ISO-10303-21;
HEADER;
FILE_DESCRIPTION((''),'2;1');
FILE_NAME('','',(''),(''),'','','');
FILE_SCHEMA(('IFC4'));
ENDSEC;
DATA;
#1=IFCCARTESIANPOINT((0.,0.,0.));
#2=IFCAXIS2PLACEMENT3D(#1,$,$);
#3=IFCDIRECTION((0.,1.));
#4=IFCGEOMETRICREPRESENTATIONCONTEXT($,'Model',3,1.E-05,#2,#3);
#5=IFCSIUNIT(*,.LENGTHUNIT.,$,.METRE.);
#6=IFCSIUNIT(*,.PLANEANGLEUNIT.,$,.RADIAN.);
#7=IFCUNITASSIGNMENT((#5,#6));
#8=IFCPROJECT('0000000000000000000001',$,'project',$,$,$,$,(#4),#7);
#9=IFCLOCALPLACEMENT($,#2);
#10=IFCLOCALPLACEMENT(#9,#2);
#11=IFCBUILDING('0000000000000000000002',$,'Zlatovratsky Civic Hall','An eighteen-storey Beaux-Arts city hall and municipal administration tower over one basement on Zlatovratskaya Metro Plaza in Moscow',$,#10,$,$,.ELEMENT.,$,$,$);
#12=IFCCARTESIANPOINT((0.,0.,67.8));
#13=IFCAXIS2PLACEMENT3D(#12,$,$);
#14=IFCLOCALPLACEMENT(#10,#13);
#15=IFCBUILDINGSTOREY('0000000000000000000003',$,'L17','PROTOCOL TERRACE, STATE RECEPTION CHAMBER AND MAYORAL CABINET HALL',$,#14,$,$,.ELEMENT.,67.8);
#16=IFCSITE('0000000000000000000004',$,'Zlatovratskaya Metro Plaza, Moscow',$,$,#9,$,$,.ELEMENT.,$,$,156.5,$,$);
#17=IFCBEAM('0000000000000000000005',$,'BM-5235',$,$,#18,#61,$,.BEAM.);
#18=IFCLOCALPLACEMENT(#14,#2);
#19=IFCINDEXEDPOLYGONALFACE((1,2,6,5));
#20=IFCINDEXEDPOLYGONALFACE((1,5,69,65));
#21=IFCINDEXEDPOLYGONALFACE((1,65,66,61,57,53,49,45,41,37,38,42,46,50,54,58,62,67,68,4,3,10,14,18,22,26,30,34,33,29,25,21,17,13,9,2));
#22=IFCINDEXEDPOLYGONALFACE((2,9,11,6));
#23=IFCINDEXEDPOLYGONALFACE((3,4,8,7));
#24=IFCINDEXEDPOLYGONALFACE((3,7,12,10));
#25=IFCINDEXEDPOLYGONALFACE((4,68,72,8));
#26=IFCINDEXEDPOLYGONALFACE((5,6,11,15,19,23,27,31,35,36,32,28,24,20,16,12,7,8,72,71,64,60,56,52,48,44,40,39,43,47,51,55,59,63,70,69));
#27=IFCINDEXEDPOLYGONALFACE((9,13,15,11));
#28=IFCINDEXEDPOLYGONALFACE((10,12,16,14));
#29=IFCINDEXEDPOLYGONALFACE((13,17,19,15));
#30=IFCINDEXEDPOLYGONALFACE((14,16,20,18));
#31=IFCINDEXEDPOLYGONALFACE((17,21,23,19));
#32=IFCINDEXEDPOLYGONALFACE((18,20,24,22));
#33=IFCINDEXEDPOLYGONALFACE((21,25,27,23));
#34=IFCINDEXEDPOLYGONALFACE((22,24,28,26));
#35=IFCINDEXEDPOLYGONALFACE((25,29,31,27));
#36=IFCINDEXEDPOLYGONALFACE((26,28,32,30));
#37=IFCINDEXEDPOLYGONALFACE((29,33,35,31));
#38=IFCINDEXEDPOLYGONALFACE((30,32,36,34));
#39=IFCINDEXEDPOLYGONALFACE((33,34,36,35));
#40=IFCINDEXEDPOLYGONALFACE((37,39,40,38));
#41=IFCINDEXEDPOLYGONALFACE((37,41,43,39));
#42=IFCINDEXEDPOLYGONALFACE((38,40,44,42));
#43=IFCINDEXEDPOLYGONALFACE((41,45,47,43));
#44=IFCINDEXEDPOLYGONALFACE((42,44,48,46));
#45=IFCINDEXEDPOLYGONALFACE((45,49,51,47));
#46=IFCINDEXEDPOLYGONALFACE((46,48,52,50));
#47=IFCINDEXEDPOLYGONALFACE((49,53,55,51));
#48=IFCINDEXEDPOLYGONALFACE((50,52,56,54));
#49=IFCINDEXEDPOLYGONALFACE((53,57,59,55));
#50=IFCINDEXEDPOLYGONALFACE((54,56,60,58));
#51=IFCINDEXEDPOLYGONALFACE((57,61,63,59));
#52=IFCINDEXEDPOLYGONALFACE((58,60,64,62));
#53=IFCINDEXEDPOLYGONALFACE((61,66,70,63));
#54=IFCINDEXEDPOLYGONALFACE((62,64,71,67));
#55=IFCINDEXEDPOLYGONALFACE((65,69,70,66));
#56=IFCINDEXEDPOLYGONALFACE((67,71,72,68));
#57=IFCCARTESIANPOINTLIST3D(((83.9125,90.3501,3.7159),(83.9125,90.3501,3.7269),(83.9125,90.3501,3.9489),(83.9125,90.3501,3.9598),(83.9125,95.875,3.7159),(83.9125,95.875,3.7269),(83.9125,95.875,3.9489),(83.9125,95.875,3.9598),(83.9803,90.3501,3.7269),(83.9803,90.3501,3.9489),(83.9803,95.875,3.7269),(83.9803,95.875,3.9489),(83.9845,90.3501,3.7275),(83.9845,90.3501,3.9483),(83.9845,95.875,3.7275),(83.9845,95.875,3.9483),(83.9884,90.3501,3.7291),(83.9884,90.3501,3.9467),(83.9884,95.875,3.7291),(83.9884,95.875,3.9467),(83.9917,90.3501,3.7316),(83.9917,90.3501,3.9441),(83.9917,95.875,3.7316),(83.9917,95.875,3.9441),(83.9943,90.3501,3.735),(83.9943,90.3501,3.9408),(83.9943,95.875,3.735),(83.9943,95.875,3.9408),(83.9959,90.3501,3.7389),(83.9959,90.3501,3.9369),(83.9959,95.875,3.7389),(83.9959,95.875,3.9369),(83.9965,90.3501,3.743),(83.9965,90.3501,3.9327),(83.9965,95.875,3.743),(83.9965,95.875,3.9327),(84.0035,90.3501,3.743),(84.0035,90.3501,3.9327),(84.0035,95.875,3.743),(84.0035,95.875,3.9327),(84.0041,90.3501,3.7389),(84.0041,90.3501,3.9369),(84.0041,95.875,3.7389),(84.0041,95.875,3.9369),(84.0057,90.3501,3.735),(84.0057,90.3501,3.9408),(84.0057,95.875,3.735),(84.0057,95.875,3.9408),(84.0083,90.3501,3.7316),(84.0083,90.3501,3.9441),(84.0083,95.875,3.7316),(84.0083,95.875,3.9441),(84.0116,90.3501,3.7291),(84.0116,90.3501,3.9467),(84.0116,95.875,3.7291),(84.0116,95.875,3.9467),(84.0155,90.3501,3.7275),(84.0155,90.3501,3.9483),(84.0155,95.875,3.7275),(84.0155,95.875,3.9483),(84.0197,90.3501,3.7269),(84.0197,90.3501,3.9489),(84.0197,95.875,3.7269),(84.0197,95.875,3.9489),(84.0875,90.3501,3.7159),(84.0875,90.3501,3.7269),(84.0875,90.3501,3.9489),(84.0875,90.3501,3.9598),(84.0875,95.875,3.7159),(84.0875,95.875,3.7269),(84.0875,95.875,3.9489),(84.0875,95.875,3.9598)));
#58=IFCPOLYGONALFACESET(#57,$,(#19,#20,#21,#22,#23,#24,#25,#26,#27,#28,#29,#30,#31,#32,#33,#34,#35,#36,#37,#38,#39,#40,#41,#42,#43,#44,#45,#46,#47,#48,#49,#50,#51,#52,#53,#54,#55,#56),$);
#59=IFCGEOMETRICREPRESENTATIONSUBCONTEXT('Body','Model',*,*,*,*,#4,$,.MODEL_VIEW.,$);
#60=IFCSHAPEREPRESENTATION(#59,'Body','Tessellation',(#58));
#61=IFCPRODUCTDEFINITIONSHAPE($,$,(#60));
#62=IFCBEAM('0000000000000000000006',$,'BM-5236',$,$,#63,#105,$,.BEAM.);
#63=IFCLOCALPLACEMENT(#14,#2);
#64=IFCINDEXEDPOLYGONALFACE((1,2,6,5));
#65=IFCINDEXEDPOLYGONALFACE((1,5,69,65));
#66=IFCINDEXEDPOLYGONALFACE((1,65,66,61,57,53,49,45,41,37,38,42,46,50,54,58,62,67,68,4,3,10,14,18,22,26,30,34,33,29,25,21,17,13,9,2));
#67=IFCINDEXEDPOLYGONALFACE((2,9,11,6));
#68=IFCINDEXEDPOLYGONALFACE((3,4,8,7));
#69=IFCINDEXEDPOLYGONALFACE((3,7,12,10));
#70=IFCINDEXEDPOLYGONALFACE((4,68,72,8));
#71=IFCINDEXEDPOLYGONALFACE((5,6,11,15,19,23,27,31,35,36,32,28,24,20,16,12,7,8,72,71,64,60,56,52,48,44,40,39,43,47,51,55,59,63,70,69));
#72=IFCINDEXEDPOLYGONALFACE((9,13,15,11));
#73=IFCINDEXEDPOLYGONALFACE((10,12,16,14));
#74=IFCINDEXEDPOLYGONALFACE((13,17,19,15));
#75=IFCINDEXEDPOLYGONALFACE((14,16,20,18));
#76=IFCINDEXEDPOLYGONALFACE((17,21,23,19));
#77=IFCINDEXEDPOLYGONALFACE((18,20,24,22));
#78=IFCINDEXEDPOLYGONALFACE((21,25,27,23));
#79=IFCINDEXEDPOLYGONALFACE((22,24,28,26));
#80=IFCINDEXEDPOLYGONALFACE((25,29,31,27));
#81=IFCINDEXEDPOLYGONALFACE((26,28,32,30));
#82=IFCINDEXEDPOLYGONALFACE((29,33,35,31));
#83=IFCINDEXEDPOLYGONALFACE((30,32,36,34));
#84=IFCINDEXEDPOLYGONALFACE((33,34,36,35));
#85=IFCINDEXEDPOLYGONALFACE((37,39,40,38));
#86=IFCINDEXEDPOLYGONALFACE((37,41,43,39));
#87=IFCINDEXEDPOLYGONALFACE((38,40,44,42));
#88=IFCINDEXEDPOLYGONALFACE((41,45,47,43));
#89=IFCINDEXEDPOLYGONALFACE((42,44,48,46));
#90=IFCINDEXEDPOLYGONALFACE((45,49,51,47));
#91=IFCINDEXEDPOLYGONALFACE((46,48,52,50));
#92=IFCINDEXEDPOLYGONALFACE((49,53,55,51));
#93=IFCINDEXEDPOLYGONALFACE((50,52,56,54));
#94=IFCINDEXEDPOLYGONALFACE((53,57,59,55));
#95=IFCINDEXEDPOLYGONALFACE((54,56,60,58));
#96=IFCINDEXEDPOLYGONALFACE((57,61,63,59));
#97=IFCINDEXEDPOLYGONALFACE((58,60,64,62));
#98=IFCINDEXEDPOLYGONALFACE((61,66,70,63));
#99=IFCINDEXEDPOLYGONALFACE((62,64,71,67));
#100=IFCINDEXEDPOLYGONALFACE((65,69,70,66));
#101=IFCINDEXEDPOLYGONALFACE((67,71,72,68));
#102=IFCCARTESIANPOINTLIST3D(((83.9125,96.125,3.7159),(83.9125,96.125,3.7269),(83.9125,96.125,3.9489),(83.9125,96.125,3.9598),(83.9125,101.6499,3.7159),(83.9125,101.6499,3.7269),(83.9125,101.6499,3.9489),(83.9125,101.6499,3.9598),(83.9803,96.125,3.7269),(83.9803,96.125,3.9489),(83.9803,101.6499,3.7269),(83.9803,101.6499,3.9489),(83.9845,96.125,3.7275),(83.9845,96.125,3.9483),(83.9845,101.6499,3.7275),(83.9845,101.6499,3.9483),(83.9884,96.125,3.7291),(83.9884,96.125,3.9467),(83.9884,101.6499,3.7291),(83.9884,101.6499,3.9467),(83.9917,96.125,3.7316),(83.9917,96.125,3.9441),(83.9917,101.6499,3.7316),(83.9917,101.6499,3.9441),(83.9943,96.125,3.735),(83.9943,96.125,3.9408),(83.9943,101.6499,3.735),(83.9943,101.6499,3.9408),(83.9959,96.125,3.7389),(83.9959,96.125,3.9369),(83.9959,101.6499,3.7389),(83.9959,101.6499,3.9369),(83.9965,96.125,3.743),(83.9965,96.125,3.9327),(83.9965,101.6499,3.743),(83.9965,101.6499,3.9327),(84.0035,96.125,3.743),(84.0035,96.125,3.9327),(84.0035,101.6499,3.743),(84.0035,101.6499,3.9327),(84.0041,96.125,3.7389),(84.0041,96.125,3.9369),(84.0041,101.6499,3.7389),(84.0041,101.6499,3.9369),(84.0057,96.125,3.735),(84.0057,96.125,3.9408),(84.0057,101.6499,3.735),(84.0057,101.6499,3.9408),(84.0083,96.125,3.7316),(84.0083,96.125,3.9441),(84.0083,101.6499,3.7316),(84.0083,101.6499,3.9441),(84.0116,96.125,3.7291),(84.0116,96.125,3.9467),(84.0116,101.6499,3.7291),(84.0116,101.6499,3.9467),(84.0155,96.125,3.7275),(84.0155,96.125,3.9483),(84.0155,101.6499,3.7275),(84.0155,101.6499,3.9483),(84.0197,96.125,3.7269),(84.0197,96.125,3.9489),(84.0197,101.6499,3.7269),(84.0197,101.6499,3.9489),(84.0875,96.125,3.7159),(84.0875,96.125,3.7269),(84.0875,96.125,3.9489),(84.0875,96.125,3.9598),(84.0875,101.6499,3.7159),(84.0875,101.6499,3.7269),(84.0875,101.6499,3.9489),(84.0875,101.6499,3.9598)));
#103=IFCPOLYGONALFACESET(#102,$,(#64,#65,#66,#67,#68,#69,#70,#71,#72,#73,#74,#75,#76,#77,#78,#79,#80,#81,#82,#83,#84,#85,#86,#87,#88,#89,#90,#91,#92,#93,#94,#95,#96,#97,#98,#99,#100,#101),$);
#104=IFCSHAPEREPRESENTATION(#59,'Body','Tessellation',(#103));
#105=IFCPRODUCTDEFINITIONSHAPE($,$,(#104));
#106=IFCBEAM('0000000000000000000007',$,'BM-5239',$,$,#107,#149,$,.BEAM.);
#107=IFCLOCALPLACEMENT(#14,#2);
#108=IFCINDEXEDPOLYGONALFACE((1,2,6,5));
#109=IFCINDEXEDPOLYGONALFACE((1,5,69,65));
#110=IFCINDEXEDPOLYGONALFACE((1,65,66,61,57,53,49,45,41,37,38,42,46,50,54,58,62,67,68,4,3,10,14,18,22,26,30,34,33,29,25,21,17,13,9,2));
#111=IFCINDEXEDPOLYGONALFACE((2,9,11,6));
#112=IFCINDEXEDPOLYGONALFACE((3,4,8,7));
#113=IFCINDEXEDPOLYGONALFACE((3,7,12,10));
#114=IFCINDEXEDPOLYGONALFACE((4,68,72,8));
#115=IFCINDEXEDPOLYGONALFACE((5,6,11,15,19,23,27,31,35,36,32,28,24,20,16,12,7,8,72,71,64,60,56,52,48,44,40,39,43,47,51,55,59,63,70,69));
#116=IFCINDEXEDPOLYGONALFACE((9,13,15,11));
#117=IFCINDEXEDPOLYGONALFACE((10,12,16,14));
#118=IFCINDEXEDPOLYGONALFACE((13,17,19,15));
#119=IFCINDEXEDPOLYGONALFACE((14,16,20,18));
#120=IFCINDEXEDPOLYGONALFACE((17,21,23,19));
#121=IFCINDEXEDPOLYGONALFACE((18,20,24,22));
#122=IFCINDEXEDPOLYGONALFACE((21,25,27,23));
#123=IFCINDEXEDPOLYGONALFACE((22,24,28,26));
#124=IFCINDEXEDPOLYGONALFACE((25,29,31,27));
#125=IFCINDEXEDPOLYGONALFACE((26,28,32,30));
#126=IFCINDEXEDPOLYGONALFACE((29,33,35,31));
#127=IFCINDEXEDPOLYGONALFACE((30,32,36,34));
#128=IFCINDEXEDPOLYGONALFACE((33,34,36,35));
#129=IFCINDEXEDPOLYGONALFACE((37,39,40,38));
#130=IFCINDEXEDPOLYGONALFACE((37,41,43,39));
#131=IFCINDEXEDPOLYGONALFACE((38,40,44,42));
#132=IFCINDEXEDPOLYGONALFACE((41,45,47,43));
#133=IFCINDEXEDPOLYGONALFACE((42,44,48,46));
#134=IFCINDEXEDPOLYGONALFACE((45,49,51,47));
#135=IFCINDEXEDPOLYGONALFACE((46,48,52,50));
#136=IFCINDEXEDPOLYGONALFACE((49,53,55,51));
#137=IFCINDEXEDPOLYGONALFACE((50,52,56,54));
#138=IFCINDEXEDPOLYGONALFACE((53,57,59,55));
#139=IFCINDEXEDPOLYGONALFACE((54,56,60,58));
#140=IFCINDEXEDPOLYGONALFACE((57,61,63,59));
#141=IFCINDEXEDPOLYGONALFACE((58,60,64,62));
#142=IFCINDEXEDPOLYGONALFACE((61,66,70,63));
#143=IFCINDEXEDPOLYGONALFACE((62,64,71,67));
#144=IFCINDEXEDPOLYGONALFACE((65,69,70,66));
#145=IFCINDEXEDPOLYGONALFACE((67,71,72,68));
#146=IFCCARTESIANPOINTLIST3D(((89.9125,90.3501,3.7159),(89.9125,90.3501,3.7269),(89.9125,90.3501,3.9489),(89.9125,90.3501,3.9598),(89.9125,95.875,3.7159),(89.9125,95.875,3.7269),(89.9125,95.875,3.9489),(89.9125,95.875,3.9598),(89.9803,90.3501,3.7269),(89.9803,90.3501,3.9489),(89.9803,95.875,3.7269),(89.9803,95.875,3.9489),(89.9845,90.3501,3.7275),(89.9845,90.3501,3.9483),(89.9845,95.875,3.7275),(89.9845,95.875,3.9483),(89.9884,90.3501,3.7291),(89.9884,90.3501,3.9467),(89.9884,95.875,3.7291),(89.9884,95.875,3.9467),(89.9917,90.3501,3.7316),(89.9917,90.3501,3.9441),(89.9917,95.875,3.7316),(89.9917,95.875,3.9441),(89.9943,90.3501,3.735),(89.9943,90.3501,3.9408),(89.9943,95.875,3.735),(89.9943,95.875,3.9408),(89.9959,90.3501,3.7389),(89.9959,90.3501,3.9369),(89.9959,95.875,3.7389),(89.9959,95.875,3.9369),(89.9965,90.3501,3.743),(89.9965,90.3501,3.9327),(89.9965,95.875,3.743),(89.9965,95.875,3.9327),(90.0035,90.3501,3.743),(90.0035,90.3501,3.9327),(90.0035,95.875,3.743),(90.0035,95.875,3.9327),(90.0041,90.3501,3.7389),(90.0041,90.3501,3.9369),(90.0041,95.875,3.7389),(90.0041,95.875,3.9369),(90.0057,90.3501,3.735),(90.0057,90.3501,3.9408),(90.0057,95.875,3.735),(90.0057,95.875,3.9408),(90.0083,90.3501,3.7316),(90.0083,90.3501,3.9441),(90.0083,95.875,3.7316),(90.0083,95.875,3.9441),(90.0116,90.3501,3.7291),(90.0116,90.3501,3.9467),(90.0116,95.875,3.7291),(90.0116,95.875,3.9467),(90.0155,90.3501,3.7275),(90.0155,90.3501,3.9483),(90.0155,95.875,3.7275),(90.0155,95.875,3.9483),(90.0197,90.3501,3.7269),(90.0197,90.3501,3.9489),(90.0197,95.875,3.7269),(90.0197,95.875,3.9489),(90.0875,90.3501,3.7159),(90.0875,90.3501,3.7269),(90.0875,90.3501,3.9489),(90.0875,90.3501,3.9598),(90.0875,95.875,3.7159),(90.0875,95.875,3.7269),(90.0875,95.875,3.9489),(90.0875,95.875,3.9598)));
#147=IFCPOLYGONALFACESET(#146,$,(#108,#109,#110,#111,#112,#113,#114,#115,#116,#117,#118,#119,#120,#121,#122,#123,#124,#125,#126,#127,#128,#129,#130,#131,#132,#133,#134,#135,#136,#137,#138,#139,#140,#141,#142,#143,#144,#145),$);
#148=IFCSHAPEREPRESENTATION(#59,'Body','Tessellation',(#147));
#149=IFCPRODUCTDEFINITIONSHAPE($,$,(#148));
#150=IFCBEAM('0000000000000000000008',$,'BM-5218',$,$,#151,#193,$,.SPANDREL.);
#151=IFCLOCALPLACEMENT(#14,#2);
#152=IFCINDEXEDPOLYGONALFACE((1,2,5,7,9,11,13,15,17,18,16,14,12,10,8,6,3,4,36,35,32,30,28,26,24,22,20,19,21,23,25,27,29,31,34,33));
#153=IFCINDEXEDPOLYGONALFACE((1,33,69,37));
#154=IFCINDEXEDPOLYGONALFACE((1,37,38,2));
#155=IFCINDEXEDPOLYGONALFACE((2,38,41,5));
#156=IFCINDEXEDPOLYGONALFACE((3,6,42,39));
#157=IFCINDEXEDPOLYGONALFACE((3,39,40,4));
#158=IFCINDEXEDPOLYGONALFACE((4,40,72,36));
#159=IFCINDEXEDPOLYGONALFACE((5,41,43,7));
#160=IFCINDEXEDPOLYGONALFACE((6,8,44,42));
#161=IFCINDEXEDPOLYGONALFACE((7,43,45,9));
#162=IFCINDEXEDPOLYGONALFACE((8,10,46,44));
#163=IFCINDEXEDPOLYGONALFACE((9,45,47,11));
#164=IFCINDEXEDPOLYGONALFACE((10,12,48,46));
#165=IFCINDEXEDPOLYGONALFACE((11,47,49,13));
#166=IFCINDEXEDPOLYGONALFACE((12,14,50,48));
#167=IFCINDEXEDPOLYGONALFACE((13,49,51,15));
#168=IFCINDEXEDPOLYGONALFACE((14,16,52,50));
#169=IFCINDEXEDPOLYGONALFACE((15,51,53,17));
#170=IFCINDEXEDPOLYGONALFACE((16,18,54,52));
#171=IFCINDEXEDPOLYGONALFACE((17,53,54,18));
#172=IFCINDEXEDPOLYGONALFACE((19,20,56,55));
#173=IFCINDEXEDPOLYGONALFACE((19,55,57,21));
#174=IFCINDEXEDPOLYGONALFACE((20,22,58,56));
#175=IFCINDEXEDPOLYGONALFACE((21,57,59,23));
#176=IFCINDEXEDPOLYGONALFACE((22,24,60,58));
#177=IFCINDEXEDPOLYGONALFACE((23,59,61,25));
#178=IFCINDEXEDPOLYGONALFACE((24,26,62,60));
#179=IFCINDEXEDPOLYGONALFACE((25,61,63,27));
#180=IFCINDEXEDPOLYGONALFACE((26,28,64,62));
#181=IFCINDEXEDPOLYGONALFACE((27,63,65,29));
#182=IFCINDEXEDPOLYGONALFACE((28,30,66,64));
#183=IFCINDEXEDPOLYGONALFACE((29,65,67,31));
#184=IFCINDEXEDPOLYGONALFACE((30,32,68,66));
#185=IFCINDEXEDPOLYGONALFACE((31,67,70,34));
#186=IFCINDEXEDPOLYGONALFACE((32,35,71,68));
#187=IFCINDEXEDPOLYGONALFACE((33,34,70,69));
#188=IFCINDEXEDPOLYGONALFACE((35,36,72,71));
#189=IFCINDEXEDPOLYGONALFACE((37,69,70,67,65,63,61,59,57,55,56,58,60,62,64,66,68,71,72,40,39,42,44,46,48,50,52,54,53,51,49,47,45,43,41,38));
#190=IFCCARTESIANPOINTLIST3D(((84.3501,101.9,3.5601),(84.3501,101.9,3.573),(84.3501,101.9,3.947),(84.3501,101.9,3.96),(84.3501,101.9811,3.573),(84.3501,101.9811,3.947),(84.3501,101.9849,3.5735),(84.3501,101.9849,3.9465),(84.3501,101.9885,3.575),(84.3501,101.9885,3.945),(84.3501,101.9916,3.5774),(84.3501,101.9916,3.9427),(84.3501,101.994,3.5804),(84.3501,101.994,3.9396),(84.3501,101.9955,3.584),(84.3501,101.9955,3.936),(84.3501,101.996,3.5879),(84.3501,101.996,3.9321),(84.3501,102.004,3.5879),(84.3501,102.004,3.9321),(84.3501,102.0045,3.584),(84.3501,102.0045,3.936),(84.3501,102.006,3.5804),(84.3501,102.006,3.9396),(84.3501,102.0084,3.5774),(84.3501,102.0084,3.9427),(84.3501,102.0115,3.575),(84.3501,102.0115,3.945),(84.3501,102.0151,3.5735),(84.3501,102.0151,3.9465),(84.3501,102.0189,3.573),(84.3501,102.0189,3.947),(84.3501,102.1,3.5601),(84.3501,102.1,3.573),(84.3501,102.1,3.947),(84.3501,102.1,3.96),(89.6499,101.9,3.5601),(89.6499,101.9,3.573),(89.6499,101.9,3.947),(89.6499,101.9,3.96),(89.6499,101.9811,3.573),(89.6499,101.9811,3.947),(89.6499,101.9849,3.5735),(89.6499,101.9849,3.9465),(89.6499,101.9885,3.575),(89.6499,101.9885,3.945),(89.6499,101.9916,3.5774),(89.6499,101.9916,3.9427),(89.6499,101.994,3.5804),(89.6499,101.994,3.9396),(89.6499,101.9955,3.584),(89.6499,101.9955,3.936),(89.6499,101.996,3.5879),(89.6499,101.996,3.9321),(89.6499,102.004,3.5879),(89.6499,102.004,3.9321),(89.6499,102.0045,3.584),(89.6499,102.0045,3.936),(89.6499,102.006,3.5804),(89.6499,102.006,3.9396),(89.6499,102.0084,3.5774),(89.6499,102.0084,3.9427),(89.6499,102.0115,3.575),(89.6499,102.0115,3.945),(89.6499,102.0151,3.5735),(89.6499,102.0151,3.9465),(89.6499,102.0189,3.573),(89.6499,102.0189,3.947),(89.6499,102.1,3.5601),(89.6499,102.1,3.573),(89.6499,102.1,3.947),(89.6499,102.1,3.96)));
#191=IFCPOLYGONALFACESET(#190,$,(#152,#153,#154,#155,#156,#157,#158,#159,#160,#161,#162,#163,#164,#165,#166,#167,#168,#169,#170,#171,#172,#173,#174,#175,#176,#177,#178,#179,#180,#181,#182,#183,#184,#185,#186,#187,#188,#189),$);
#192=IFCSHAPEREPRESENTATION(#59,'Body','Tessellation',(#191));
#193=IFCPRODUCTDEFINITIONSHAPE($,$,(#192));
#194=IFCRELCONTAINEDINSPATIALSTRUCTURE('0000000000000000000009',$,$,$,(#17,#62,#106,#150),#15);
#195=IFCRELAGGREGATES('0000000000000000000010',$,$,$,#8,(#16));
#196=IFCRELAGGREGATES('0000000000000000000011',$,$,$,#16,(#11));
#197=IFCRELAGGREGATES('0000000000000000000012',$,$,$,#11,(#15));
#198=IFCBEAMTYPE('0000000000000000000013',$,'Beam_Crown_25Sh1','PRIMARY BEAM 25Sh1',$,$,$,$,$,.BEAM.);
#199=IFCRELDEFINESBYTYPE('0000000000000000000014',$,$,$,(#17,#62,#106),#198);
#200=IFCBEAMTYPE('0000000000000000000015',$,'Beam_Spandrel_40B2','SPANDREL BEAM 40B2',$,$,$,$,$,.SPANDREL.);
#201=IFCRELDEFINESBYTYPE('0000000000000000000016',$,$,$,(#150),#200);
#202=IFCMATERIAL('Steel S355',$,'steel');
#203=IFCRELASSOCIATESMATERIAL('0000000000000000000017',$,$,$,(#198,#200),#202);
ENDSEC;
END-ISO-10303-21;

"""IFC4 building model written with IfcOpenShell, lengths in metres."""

from ifc_helpers import new_model, si_unit, direction, frame, origin, origin_2d, place, context, subcontext, project, spatial, i_section, extrude, material, material_profile, profile_set, type_object, element, save


model = new_model("IFC4")

# Units and contexts
model_context = context("Model", 3, precision=1e-05, world=origin(), true_north=direction((0.0, 1.0)))
body_context = subcontext(model_context, "Body", "Model", "MODEL_VIEW")
ifc_project = project(units=[si_unit("LENGTHUNIT", "METRE"), si_unit("PLANEANGLEUNIT", "RADIAN")], contexts=[model_context])

# Site, building, storey
site_placement = place(None, origin())
site = spatial("IfcSite", under=ifc_project, at=site_placement, Name="Zlatovratskaya Metro Plaza, Moscow", CompositionType="ELEMENT", RefElevation=156.5)
building_placement = place(site_placement, origin())
building = spatial("IfcBuilding", under=site, at=building_placement, Name="Zlatovratsky Civic Hall", Description="An eighteen-storey Beaux-Arts city hall and municipal administration tower over one basement on Zlatovratskaya Metro Plaza in Moscow", CompositionType="ELEMENT")
storey_placement = place(building_placement, frame((0.0, 0.0, 67.8)))
storey = spatial("IfcBuildingStorey", under=building, at=storey_placement, Name="L17", Description="PROTOCOL TERRACE, STATE RECEPTION CHAMBER AND MAYORAL CABINET HALL", CompositionType="ELEMENT", Elevation=67.8)

# Shared definitions
ifc_material_1 = material(Name="Steel S355", Category="steel")

# Beams
ifc_material_profile_1 = material_profile(ifc_material_1, i_section(OverallWidth=0.175, OverallDepth=0.2439, WebThickness=0.0071, FlangeThickness=0.011, FilletRadius=0.0161, at=origin_2d()), Name="25Sh1")
ifc_profile_set_1 = profile_set([ifc_material_profile_1], Name="Steel S355")
beam_type_1 = type_object("IfcBeamType", Name="Beam_Crown_25Sh1", Description="PRIMARY BEAM 25Sh1", PredefinedType="BEAM", material=ifc_profile_set_1)
for number, where, z_axis, x_axis, name in (
    (1, (84.0, 90.3501, 3.8379), (0.0, 1.0, 0.0), (-1.0, 0.0, 0.0), "BM-5235"),
    (2, (84.0, 96.125, 3.8379), (0.0, 1.0, 0.0), (-1.0, 0.0, 0.0), "BM-5236"),
    (3, (90.0, 90.3501, 3.8379), (0.0, 1.0, 0.0), (-1.0, 0.0, 0.0), "BM-5239"),
):
    element("IfcBeam", number, at=place(storey_placement, frame(where, z_axis=z_axis, x_axis=x_axis)), inside=storey, type_object=beam_type_1, Name=name, PredefinedType="BEAM", context=body_context, shape_type="SweptSolid", body=[
        extrude(i_section(OverallWidth=0.175, OverallDepth=0.2439, WebThickness=0.0071, FlangeThickness=0.011, FilletRadius=0.0161, at=origin_2d()), origin(), (0.0, 0.0, 1.0), 5.5249),
    ])
ifc_material_profile_2 = material_profile(ifc_material_1, i_section(OverallWidth=0.2, OverallDepth=0.3999, WebThickness=0.0081, FlangeThickness=0.0129, FilletRadius=0.0149, at=origin_2d()), Name="40B2")
ifc_profile_set_2 = profile_set([ifc_material_profile_2], Name="Steel S355")
beam_type_2 = type_object("IfcBeamType", Name="Beam_Spandrel_40B2", Description="SPANDREL BEAM 40B2", PredefinedType="SPANDREL", material=ifc_profile_set_2)
beam_1_placement = place(storey_placement, frame((84.3501, 102.0, 3.76), z_axis=(1.0, 0.0, 0.0), x_axis=(0.0, 1.0, 0.0)))
element("IfcBeam", 4, at=beam_1_placement, inside=storey, type_object=beam_type_2, Name="BM-5218", PredefinedType="SPANDREL", context=body_context, shape_type="SweptSolid", body=[
    extrude(i_section(OverallWidth=0.2, OverallDepth=0.3999, WebThickness=0.0081, FlangeThickness=0.0129, FilletRadius=0.0149, at=origin_2d()), origin(), (0.0, 0.0, 1.0), 5.2998),
])

save(model, "model.ifc")
